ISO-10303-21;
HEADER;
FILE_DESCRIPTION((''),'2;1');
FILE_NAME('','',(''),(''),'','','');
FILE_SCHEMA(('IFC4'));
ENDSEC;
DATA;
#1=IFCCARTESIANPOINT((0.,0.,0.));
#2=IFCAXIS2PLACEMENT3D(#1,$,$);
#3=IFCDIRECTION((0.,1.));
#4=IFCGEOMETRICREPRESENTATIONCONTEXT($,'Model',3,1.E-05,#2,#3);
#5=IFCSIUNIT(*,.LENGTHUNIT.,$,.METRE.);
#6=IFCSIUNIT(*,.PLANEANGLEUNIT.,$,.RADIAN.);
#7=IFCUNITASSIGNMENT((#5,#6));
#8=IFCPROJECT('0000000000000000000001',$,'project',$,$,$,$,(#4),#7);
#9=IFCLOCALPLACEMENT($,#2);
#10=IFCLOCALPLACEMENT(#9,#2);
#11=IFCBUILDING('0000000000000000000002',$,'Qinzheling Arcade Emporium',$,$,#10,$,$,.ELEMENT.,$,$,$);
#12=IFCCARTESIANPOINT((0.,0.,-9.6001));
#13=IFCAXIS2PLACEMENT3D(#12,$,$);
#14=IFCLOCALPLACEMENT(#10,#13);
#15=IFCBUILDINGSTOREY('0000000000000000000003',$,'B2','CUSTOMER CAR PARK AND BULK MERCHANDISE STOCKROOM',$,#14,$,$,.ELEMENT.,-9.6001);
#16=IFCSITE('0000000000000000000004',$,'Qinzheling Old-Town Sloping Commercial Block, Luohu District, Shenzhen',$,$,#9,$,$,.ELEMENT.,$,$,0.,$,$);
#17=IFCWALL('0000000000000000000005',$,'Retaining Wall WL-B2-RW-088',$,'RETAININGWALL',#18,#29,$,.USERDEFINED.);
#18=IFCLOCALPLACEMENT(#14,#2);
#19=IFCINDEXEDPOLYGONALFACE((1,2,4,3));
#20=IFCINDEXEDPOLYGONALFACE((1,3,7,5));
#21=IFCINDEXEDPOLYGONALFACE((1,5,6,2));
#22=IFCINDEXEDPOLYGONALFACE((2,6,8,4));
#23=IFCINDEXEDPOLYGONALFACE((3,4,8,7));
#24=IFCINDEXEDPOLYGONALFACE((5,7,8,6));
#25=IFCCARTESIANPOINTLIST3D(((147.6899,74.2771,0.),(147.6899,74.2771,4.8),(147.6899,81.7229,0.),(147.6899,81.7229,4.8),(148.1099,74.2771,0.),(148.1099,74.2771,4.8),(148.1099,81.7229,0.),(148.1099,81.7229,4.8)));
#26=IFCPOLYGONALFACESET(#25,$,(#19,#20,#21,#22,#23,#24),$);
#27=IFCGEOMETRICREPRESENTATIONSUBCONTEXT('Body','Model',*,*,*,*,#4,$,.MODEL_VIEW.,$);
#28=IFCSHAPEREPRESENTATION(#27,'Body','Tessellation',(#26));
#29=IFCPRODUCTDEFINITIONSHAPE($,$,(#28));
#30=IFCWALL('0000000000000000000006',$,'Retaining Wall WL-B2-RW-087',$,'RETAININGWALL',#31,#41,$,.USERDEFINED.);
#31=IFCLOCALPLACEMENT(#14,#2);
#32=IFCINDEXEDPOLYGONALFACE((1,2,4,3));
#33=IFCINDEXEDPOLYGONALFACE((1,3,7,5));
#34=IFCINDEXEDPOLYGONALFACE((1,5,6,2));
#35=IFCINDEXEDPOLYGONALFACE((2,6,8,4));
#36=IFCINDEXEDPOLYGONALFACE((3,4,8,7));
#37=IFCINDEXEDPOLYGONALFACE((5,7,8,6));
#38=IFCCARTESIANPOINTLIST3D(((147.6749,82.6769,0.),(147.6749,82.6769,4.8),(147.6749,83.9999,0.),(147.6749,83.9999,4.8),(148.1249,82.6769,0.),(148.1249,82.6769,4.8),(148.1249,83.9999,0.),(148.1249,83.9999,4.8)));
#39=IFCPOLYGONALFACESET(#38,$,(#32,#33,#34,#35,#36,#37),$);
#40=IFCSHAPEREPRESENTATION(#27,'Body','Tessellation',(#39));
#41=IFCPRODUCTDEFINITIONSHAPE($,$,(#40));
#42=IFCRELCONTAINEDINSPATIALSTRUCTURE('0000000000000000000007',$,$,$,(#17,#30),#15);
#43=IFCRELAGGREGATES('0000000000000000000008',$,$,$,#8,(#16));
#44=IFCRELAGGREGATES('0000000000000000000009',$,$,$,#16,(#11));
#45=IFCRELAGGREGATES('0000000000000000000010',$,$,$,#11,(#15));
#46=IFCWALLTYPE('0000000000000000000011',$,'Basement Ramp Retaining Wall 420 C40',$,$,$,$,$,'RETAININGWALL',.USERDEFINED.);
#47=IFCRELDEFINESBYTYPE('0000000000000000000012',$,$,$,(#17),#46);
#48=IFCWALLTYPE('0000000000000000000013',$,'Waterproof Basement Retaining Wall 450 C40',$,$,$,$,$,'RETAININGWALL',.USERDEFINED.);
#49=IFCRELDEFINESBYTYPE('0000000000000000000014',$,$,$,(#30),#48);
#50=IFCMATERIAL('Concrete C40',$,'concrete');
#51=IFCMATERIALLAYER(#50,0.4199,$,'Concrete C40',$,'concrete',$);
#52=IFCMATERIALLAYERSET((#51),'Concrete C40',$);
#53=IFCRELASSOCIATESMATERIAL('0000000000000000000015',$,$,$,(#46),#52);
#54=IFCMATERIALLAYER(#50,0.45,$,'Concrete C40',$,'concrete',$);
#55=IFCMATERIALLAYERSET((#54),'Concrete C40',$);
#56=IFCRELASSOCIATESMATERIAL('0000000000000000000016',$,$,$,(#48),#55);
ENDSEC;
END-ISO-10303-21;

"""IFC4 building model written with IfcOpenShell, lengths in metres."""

from ifc_helpers import new_model, si_unit, direction, frame, frame_2d, origin, place, context, subcontext, project, spatial, rectangle, extrude, material, layer, layer_set, type_object, element, save


model = new_model("IFC4")

# Units and contexts
model_context = context("Model", 3, precision=1e-05, world=origin(), true_north=direction((0.0, 1.0)))
body_context = subcontext(model_context, "Body", "Model", "MODEL_VIEW")
ifc_project = project(units=[si_unit("LENGTHUNIT", "METRE"), si_unit("PLANEANGLEUNIT", "RADIAN")], contexts=[model_context])

# Site, building, storey
site_placement = place(None, origin())
site = spatial("IfcSite", under=ifc_project, at=site_placement, Name="Qinzheling Old-Town Sloping Commercial Block, Luohu District, Shenzhen", CompositionType="ELEMENT", RefElevation=0.0)
building_placement = place(site_placement, origin())
building = spatial("IfcBuilding", under=site, at=building_placement, Name="Qinzheling Arcade Emporium", CompositionType="ELEMENT")
storey_placement = place(building_placement, frame((0.0, 0.0, -9.6001)))
storey = spatial("IfcBuildingStorey", under=building, at=storey_placement, Name="B2", Description="CUSTOMER CAR PARK AND BULK MERCHANDISE STOCKROOM", CompositionType="ELEMENT", Elevation=-9.6001)

# Shared definitions
ifc_material_1 = material(Name="Concrete C40", Category="concrete")

# Walls
ifc_layer_1 = layer(ifc_material_1, 0.4199, Name="Concrete C40", Category="concrete")
ifc_layer_set_1 = layer_set([ifc_layer_1], Name="Concrete C40")
wall_type_1 = type_object("IfcWallType", Name="Basement Ramp Retaining Wall 420 C40", ElementType="RETAININGWALL", PredefinedType="USERDEFINED", material=ifc_layer_set_1)
wall_1_placement = place(storey_placement, frame((147.8999, 81.7229, 0.0), z_axis=(0.0, 0.0, 1.0), x_axis=(0.0, -1.0, 0.0)))
element("IfcWall", 1, at=wall_1_placement, inside=storey, type_object=wall_type_1, Name="Retaining Wall WL-B2-RW-088", ObjectType="RETAININGWALL", PredefinedType="USERDEFINED", context=body_context, shape_type="SweptSolid", body=[
    extrude(rectangle(XDim=7.4458, YDim=0.4199, at=frame_2d((3.7229, 0.0))), origin(), (0.0, 0.0, 1.0), 4.8),
])
ifc_layer_2 = layer(ifc_material_1, 0.45, Name="Concrete C40", Category="concrete")
ifc_layer_set_2 = layer_set([ifc_layer_2], Name="Concrete C40")
wall_type_2 = type_object("IfcWallType", Name="Waterproof Basement Retaining Wall 450 C40", ElementType="RETAININGWALL", PredefinedType="USERDEFINED", material=ifc_layer_set_2)
wall_2_placement = place(storey_placement, frame((147.8999, 84.0, 0.0), z_axis=(0.0, 0.0, 1.0), x_axis=(0.0, -1.0, 0.0)))
element("IfcWall", 2, at=wall_2_placement, inside=storey, type_object=wall_type_2, Name="Retaining Wall WL-B2-RW-087", ObjectType="RETAININGWALL", PredefinedType="USERDEFINED", context=body_context, shape_type="SweptSolid", body=[
    extrude(rectangle(XDim=1.323, YDim=0.45, at=frame_2d((0.6616, 0.0))), origin(), (0.0, 0.0, 1.0), 4.8),
])

save(model, "model.ifc")
